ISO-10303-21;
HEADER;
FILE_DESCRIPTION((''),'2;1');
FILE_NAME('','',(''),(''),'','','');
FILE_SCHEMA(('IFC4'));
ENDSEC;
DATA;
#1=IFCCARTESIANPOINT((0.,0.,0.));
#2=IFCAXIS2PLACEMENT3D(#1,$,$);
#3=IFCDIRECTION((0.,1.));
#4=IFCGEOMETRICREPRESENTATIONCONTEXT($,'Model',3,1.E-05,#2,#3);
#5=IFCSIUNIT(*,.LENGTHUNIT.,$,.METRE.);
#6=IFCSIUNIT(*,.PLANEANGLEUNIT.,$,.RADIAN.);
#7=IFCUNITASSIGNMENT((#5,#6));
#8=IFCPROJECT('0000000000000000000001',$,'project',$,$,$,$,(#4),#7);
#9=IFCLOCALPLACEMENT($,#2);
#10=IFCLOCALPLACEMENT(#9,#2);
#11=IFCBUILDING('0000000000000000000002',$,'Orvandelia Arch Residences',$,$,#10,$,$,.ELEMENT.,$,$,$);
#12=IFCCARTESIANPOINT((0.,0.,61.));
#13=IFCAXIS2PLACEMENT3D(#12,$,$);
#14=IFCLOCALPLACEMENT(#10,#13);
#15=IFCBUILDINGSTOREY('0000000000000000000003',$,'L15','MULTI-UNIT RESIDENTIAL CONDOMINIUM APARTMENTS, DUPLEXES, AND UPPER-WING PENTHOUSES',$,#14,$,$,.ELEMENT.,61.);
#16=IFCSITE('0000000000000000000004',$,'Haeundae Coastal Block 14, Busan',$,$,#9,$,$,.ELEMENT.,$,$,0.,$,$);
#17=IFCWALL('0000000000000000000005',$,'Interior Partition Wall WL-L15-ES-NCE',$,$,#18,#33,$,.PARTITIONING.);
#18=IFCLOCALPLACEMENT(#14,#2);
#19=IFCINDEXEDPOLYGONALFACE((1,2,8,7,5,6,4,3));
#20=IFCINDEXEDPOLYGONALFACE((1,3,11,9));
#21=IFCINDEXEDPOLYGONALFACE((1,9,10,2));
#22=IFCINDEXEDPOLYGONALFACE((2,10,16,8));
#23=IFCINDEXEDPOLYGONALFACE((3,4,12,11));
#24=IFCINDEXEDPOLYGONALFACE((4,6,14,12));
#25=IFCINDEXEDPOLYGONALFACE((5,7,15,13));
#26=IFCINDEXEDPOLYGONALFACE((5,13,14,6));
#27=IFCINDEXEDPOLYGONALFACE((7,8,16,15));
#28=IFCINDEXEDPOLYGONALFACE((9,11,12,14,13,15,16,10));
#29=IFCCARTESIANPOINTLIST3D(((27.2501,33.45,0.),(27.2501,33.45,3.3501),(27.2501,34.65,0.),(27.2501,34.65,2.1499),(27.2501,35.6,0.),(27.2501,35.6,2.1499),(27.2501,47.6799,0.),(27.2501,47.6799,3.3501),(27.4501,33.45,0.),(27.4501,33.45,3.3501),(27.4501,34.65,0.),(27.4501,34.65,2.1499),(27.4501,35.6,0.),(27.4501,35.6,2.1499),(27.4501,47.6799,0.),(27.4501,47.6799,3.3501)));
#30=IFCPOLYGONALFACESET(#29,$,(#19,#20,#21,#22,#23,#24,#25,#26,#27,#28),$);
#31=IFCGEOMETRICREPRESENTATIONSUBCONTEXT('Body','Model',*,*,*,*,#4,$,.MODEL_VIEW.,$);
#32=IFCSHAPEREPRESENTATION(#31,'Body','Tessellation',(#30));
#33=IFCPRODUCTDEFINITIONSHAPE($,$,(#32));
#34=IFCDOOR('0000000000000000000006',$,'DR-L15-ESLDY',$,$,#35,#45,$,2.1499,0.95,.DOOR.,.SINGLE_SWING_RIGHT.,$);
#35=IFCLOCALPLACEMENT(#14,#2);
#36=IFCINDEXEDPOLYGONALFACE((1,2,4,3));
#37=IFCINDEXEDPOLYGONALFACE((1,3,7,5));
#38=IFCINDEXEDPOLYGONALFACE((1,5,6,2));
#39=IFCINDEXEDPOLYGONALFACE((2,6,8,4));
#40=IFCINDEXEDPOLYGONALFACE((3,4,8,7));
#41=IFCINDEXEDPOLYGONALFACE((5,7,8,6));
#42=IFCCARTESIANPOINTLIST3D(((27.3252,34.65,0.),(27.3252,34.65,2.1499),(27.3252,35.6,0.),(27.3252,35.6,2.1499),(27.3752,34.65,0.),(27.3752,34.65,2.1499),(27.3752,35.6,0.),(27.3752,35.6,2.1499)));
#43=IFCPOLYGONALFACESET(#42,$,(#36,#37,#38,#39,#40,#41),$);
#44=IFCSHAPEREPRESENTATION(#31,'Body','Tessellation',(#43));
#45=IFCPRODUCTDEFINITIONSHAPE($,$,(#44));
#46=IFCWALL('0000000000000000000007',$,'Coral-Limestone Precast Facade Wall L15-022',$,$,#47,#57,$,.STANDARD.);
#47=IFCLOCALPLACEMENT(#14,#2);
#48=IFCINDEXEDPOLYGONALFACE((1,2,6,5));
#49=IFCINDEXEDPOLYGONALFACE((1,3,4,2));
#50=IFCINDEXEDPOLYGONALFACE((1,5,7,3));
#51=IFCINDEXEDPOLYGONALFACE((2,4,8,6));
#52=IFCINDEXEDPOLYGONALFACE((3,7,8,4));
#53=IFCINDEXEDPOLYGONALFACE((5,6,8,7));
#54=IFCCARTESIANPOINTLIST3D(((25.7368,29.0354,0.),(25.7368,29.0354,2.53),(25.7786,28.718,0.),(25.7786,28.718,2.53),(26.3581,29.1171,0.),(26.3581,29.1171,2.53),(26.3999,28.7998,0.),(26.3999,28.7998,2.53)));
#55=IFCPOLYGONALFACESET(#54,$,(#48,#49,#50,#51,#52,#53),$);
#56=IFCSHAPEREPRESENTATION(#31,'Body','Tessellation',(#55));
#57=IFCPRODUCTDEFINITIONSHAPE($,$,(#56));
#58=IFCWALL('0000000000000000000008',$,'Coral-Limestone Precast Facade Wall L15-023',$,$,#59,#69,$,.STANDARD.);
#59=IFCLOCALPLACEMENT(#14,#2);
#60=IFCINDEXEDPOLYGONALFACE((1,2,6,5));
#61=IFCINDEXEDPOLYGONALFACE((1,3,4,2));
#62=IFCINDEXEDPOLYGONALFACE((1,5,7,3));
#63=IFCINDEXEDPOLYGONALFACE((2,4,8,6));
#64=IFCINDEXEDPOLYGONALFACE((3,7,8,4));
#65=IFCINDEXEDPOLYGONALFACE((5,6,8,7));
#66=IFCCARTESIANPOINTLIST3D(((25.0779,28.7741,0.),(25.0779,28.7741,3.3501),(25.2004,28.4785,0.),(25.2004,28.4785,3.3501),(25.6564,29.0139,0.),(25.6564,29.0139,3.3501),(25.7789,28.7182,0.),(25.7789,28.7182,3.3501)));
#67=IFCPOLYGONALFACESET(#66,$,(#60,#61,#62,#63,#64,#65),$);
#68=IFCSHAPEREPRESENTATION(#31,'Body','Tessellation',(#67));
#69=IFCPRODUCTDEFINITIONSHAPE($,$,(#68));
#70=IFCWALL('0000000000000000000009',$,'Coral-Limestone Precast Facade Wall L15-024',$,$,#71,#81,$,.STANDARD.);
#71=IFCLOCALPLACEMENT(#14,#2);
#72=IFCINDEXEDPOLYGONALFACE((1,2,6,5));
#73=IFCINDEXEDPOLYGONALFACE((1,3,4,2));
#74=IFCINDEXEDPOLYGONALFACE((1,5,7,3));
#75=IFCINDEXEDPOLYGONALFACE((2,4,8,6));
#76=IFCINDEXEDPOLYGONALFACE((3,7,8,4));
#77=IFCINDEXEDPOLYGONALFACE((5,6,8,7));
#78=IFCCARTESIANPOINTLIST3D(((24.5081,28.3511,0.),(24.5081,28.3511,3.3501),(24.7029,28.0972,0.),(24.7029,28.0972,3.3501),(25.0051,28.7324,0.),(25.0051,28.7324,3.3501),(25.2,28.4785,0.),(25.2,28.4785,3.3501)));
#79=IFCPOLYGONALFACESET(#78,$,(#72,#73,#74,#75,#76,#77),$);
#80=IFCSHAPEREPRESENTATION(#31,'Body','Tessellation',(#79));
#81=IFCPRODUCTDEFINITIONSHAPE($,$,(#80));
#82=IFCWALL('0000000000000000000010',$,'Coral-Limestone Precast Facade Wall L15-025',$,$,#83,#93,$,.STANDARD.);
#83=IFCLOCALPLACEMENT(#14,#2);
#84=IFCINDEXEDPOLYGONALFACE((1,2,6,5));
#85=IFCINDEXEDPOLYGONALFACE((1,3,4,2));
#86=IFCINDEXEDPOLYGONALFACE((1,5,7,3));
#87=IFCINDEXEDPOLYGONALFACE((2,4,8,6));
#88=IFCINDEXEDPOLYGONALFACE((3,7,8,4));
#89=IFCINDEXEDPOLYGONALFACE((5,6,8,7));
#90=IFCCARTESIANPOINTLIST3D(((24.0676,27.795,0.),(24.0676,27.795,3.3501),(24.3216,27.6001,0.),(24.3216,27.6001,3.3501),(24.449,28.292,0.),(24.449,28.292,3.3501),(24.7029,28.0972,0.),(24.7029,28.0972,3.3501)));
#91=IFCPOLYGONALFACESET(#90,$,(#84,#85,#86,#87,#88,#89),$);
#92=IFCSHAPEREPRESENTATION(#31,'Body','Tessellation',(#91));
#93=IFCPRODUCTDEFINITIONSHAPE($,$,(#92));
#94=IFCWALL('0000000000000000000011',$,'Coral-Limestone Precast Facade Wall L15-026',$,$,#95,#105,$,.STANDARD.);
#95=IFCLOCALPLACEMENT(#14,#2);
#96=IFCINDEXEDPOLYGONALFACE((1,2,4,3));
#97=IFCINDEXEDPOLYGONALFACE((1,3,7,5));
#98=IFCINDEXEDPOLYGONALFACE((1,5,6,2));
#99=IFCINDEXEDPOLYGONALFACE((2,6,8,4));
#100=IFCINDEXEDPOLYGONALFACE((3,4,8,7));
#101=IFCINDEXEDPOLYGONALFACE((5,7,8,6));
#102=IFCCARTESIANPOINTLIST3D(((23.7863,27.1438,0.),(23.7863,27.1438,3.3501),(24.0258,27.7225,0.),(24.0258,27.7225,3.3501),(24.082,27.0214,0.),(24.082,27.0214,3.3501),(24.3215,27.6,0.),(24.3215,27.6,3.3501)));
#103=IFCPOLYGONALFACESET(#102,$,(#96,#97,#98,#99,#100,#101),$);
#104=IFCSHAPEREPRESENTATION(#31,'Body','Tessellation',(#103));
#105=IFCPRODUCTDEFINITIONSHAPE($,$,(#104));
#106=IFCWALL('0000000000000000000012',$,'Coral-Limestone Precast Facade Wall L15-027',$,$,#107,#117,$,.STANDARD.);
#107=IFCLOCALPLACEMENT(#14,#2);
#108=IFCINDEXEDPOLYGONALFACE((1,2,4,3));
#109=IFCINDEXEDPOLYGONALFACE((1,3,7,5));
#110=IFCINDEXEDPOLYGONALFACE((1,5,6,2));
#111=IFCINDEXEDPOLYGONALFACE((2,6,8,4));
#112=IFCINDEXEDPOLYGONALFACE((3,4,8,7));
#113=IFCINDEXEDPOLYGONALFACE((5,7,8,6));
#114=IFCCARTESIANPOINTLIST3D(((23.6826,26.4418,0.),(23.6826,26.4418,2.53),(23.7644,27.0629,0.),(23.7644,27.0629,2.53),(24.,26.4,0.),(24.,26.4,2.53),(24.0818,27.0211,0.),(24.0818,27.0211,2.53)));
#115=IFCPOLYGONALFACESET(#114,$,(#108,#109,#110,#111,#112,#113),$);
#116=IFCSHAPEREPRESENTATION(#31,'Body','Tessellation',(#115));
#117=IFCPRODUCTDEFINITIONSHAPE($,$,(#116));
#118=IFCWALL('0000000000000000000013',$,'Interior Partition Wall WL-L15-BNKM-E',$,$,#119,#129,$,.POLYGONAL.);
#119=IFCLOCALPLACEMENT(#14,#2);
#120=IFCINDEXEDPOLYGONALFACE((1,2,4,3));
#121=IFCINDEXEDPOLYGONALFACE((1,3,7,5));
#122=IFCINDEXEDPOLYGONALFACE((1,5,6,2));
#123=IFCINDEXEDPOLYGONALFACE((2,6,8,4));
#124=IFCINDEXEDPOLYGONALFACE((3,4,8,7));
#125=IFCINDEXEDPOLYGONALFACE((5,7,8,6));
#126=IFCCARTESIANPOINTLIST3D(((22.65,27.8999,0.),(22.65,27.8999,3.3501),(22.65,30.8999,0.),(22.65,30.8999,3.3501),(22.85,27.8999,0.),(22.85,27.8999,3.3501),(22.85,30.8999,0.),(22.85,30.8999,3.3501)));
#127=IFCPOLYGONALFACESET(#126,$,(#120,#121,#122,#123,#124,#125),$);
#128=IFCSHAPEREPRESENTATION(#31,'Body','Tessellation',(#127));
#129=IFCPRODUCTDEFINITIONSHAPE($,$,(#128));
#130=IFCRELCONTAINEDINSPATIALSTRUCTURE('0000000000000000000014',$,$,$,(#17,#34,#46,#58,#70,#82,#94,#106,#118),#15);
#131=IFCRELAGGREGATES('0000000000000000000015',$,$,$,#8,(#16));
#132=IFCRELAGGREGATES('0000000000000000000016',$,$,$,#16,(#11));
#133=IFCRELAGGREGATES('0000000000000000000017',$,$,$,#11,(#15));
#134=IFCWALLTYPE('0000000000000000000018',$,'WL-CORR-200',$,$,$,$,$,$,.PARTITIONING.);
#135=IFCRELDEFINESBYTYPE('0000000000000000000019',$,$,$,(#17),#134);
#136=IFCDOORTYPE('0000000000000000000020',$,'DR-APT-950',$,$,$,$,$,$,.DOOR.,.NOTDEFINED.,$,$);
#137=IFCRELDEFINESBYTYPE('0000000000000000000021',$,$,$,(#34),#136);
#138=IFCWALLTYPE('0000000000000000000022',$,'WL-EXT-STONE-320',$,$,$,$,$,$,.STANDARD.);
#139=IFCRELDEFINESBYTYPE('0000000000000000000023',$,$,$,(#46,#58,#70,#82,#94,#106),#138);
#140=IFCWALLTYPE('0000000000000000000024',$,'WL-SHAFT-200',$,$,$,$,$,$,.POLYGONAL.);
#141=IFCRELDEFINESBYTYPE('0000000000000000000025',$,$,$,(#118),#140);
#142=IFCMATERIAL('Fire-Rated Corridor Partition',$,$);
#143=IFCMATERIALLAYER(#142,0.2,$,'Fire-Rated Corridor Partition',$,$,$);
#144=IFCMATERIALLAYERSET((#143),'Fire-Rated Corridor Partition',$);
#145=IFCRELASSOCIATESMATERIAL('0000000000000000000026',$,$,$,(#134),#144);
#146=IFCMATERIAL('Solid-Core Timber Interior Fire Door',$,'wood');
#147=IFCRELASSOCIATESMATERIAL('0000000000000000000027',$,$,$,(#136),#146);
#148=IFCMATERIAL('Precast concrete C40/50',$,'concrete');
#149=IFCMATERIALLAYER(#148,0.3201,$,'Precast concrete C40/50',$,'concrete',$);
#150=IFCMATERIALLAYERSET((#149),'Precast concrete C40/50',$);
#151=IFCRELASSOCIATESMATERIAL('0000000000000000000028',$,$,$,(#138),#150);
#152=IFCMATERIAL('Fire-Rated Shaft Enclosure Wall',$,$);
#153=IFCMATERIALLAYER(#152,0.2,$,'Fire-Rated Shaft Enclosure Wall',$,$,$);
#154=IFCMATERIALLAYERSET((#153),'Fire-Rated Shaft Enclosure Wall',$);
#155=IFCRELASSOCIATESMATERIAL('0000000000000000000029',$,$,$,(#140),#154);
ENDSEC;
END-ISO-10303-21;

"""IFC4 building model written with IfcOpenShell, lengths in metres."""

from ifc_helpers import new_model, si_unit, direction, frame, frame_2d, origin, place, context, subcontext, project, spatial, rectangle, extrude, material, layer, layer_set, type_object, element, fill, save


model = new_model("IFC4")

# Units and contexts
model_context = context("Model", 3, precision=1e-05, world=origin(), true_north=direction((0.0, 1.0)))
body_context = subcontext(model_context, "Body", "Model", "MODEL_VIEW")
ifc_project = project(units=[si_unit("LENGTHUNIT", "METRE"), si_unit("PLANEANGLEUNIT", "RADIAN")], contexts=[model_context])

# Site, building, storey
site_placement = place(None, origin())
site = spatial("IfcSite", under=ifc_project, at=site_placement, Name="Haeundae Coastal Block 14, Busan", CompositionType="ELEMENT", RefElevation=0.0)
building_placement = place(site_placement, origin())
building = spatial("IfcBuilding", under=site, at=building_placement, Name="Orvandelia Arch Residences", CompositionType="ELEMENT")
storey_placement = place(building_placement, frame((0.0, 0.0, 61.0)))
storey = spatial("IfcBuildingStorey", under=building, at=storey_placement, Name="L15", Description="MULTI-UNIT RESIDENTIAL CONDOMINIUM APARTMENTS, DUPLEXES, AND UPPER-WING PENTHOUSES", CompositionType="ELEMENT", Elevation=61.0)

# Shared definitions
ifc_material_1 = material(Name="Fire-Rated Corridor Partition")
ifc_layer_1 = layer(ifc_material_1, 0.2, Name="Fire-Rated Corridor Partition")
ifc_layer_set_1 = layer_set([ifc_layer_1], Name="Fire-Rated Corridor Partition")
wall_type_1 = type_object("IfcWallType", Name="WL-CORR-200", PredefinedType="PARTITIONING", material=ifc_layer_set_1)
ifc_material_2 = material(Name="Solid-Core Timber Interior Fire Door", Category="wood")
door_type_1 = type_object("IfcDoorType", Name="DR-APT-950", OperationType="NOTDEFINED", PredefinedType="DOOR", material=ifc_material_2)

# Wall, opening, door
wall_1_placement = place(storey_placement, frame((27.3501, 33.45, 0.0), z_axis=(0.0, 0.0, 1.0), x_axis=(0.0, 1.0, 0.0)))
wall_1 = element("IfcWall", 1, at=wall_1_placement, inside=storey, type_object=wall_type_1, Name="Interior Partition Wall WL-L15-ES-NCE", PredefinedType="PARTITIONING", context=body_context, shape_type="SweptSolid", body=[
    extrude(rectangle(XDim=14.23, YDim=0.2, at=frame_2d((7.115, 0.0))), origin(), (0.0, 0.0, 1.0), 3.3501),
])
opening_1_placement = place(wall_1_placement, frame((1.2, 0.0, 0.0)))
opening_1 = element("IfcOpeningElement", 2, at=opening_1_placement, cuts=wall_1, PredefinedType="OPENING", context=body_context, shape_type="SweptSolid", body=[
    extrude(rectangle(XDim=0.95, YDim=2.1499, at=frame_2d((0.4751, 1.075))), frame((0.0, 0.1099, 0.0), z_axis=(0.0, -1.0, 0.0), x_axis=(1.0, 0.0, 0.0)), (0.0, 0.0, 1.0), 0.22),
])
door_1_placement = place(opening_1_placement, origin())
door_1 = element("IfcDoor", 3, at=door_1_placement, inside=storey, type_object=door_type_1, Name="DR-L15-ESLDY", OperationType="SINGLE_SWING_RIGHT", OverallHeight=2.1499, OverallWidth=0.95, PredefinedType="DOOR", context=body_context, shape_type="SweptSolid", body=[
    extrude(rectangle(XDim=0.95, YDim=2.1499, at=frame_2d((0.4751, 1.075))), frame((0.0, 0.0249, 0.0), z_axis=(0.0, -1.0, 0.0), x_axis=(1.0, 0.0, 0.0)), (0.0, 0.0, 1.0), 0.05),
])
fill(opening_1, door_1)

# Walls
ifc_material_3 = material(Name="Precast concrete C40/50", Category="concrete")
ifc_layer_2 = layer(ifc_material_3, 0.3201, Name="Precast concrete C40/50", Category="concrete")
ifc_layer_set_2 = layer_set([ifc_layer_2], Name="Precast concrete C40/50")
wall_type_2 = type_object("IfcWallType", Name="WL-EXT-STONE-320", PredefinedType="STANDARD", material=ifc_layer_set_2)
wall_2_placement = place(storey_placement, frame((26.3792, 28.9585, 0.0), z_axis=(0.0, 0.0, 1.0), x_axis=(-0.991448, -0.130505, 0.0)))
element("IfcWall", 4, at=wall_2_placement, inside=storey, type_object=wall_type_2, Name="Coral-Limestone Precast Facade Wall L15-022", PredefinedType="STANDARD", context=body_context, shape_type="SweptSolid", body=[
    extrude(rectangle(XDim=0.6267, YDim=0.3201, at=frame_2d((0.3135, 0.0))), origin(), (0.0, 0.0, 1.0), 2.53),
])
wall_3_placement = place(storey_placement, frame((25.7175, 28.866, 0.0), z_axis=(0.0, 0.0, 1.0), x_axis=(-0.923836, -0.382788, 0.0)))
element("IfcWall", 5, at=wall_3_placement, inside=storey, type_object=wall_type_2, Name="Coral-Limestone Precast Facade Wall L15-023", PredefinedType="STANDARD", context=body_context, shape_type="SweptSolid", body=[
    extrude(rectangle(XDim=0.6262, YDim=0.3201, at=frame_2d((0.313, 0.0))), origin(), (0.0, 0.0, 1.0), 3.3501),
])
for number, where, z_axis, x_axis, name in (
    (6, (25.1025, 28.6055, 0.0), (0.0, 0.0, 1.0), (-0.793406, -0.608693, 0.0), "Coral-Limestone Precast Facade Wall L15-024"),
    (7, (24.5759, 28.1946, 0.0), (0.0, 0.0, 1.0), (-0.608693, -0.793406, 0.0), "Coral-Limestone Precast Facade Wall L15-025"),
):
    element("IfcWall", number, at=place(storey_placement, frame(where, z_axis=z_axis, x_axis=x_axis)), inside=storey, type_object=wall_type_2, Name=name, PredefinedType="STANDARD", context=body_context, shape_type="SweptSolid", body=[
        extrude(rectangle(XDim=0.6265, YDim=0.3201, at=frame_2d((0.3132, 0.0))), origin(), (0.0, 0.0, 1.0), 3.3501),
    ])
wall_4_placement = place(storey_placement, frame((24.1736, 27.6611, 0.0), z_axis=(0.0, 0.0, 1.0), x_axis=(-0.382455, -0.923974, 0.0)))
element("IfcWall", 8, at=wall_4_placement, inside=storey, type_object=wall_type_2, Name="Coral-Limestone Precast Facade Wall L15-026", PredefinedType="STANDARD", context=body_context, shape_type="SweptSolid", body=[
    extrude(rectangle(XDim=0.6262, YDim=0.3201, at=frame_2d((0.313, 0.0))), origin(), (0.0, 0.0, 1.0), 3.3501),
])
wall_5_placement = place(storey_placement, frame((23.9231, 27.042, 0.0), z_axis=(0.0, 0.0, 1.0), x_axis=(-0.130555, -0.991441, 0.0)))
element("IfcWall", 9, at=wall_5_placement, inside=storey, type_object=wall_type_2, Name="Coral-Limestone Precast Facade Wall L15-027", PredefinedType="STANDARD", context=body_context, shape_type="SweptSolid", body=[
    extrude(rectangle(XDim=0.6265, YDim=0.3201, at=frame_2d((0.3132, 0.0))), origin(), (0.0, 0.0, 1.0), 2.53),
])
ifc_material_4 = material(Name="Fire-Rated Shaft Enclosure Wall")
ifc_layer_3 = layer(ifc_material_4, 0.2, Name="Fire-Rated Shaft Enclosure Wall")
ifc_layer_set_3 = layer_set([ifc_layer_3], Name="Fire-Rated Shaft Enclosure Wall")
wall_type_3 = type_object("IfcWallType", Name="WL-SHAFT-200", PredefinedType="POLYGONAL", material=ifc_layer_set_3)
wall_6_placement = place(storey_placement, frame((22.75, 27.8999, 0.0), z_axis=(0.0, 0.0, 1.0), x_axis=(0.0, 1.0, 0.0)))
element("IfcWall", 10, at=wall_6_placement, inside=storey, type_object=wall_type_3, Name="Interior Partition Wall WL-L15-BNKM-E", PredefinedType="POLYGONAL", context=body_context, shape_type="SweptSolid", body=[
    extrude(rectangle(XDim=3.0, YDim=0.2, at=frame_2d((1.5, 0.0))), origin(), (0.0, 0.0, 1.0), 3.3501),
])

save(model, "model.ifc")
